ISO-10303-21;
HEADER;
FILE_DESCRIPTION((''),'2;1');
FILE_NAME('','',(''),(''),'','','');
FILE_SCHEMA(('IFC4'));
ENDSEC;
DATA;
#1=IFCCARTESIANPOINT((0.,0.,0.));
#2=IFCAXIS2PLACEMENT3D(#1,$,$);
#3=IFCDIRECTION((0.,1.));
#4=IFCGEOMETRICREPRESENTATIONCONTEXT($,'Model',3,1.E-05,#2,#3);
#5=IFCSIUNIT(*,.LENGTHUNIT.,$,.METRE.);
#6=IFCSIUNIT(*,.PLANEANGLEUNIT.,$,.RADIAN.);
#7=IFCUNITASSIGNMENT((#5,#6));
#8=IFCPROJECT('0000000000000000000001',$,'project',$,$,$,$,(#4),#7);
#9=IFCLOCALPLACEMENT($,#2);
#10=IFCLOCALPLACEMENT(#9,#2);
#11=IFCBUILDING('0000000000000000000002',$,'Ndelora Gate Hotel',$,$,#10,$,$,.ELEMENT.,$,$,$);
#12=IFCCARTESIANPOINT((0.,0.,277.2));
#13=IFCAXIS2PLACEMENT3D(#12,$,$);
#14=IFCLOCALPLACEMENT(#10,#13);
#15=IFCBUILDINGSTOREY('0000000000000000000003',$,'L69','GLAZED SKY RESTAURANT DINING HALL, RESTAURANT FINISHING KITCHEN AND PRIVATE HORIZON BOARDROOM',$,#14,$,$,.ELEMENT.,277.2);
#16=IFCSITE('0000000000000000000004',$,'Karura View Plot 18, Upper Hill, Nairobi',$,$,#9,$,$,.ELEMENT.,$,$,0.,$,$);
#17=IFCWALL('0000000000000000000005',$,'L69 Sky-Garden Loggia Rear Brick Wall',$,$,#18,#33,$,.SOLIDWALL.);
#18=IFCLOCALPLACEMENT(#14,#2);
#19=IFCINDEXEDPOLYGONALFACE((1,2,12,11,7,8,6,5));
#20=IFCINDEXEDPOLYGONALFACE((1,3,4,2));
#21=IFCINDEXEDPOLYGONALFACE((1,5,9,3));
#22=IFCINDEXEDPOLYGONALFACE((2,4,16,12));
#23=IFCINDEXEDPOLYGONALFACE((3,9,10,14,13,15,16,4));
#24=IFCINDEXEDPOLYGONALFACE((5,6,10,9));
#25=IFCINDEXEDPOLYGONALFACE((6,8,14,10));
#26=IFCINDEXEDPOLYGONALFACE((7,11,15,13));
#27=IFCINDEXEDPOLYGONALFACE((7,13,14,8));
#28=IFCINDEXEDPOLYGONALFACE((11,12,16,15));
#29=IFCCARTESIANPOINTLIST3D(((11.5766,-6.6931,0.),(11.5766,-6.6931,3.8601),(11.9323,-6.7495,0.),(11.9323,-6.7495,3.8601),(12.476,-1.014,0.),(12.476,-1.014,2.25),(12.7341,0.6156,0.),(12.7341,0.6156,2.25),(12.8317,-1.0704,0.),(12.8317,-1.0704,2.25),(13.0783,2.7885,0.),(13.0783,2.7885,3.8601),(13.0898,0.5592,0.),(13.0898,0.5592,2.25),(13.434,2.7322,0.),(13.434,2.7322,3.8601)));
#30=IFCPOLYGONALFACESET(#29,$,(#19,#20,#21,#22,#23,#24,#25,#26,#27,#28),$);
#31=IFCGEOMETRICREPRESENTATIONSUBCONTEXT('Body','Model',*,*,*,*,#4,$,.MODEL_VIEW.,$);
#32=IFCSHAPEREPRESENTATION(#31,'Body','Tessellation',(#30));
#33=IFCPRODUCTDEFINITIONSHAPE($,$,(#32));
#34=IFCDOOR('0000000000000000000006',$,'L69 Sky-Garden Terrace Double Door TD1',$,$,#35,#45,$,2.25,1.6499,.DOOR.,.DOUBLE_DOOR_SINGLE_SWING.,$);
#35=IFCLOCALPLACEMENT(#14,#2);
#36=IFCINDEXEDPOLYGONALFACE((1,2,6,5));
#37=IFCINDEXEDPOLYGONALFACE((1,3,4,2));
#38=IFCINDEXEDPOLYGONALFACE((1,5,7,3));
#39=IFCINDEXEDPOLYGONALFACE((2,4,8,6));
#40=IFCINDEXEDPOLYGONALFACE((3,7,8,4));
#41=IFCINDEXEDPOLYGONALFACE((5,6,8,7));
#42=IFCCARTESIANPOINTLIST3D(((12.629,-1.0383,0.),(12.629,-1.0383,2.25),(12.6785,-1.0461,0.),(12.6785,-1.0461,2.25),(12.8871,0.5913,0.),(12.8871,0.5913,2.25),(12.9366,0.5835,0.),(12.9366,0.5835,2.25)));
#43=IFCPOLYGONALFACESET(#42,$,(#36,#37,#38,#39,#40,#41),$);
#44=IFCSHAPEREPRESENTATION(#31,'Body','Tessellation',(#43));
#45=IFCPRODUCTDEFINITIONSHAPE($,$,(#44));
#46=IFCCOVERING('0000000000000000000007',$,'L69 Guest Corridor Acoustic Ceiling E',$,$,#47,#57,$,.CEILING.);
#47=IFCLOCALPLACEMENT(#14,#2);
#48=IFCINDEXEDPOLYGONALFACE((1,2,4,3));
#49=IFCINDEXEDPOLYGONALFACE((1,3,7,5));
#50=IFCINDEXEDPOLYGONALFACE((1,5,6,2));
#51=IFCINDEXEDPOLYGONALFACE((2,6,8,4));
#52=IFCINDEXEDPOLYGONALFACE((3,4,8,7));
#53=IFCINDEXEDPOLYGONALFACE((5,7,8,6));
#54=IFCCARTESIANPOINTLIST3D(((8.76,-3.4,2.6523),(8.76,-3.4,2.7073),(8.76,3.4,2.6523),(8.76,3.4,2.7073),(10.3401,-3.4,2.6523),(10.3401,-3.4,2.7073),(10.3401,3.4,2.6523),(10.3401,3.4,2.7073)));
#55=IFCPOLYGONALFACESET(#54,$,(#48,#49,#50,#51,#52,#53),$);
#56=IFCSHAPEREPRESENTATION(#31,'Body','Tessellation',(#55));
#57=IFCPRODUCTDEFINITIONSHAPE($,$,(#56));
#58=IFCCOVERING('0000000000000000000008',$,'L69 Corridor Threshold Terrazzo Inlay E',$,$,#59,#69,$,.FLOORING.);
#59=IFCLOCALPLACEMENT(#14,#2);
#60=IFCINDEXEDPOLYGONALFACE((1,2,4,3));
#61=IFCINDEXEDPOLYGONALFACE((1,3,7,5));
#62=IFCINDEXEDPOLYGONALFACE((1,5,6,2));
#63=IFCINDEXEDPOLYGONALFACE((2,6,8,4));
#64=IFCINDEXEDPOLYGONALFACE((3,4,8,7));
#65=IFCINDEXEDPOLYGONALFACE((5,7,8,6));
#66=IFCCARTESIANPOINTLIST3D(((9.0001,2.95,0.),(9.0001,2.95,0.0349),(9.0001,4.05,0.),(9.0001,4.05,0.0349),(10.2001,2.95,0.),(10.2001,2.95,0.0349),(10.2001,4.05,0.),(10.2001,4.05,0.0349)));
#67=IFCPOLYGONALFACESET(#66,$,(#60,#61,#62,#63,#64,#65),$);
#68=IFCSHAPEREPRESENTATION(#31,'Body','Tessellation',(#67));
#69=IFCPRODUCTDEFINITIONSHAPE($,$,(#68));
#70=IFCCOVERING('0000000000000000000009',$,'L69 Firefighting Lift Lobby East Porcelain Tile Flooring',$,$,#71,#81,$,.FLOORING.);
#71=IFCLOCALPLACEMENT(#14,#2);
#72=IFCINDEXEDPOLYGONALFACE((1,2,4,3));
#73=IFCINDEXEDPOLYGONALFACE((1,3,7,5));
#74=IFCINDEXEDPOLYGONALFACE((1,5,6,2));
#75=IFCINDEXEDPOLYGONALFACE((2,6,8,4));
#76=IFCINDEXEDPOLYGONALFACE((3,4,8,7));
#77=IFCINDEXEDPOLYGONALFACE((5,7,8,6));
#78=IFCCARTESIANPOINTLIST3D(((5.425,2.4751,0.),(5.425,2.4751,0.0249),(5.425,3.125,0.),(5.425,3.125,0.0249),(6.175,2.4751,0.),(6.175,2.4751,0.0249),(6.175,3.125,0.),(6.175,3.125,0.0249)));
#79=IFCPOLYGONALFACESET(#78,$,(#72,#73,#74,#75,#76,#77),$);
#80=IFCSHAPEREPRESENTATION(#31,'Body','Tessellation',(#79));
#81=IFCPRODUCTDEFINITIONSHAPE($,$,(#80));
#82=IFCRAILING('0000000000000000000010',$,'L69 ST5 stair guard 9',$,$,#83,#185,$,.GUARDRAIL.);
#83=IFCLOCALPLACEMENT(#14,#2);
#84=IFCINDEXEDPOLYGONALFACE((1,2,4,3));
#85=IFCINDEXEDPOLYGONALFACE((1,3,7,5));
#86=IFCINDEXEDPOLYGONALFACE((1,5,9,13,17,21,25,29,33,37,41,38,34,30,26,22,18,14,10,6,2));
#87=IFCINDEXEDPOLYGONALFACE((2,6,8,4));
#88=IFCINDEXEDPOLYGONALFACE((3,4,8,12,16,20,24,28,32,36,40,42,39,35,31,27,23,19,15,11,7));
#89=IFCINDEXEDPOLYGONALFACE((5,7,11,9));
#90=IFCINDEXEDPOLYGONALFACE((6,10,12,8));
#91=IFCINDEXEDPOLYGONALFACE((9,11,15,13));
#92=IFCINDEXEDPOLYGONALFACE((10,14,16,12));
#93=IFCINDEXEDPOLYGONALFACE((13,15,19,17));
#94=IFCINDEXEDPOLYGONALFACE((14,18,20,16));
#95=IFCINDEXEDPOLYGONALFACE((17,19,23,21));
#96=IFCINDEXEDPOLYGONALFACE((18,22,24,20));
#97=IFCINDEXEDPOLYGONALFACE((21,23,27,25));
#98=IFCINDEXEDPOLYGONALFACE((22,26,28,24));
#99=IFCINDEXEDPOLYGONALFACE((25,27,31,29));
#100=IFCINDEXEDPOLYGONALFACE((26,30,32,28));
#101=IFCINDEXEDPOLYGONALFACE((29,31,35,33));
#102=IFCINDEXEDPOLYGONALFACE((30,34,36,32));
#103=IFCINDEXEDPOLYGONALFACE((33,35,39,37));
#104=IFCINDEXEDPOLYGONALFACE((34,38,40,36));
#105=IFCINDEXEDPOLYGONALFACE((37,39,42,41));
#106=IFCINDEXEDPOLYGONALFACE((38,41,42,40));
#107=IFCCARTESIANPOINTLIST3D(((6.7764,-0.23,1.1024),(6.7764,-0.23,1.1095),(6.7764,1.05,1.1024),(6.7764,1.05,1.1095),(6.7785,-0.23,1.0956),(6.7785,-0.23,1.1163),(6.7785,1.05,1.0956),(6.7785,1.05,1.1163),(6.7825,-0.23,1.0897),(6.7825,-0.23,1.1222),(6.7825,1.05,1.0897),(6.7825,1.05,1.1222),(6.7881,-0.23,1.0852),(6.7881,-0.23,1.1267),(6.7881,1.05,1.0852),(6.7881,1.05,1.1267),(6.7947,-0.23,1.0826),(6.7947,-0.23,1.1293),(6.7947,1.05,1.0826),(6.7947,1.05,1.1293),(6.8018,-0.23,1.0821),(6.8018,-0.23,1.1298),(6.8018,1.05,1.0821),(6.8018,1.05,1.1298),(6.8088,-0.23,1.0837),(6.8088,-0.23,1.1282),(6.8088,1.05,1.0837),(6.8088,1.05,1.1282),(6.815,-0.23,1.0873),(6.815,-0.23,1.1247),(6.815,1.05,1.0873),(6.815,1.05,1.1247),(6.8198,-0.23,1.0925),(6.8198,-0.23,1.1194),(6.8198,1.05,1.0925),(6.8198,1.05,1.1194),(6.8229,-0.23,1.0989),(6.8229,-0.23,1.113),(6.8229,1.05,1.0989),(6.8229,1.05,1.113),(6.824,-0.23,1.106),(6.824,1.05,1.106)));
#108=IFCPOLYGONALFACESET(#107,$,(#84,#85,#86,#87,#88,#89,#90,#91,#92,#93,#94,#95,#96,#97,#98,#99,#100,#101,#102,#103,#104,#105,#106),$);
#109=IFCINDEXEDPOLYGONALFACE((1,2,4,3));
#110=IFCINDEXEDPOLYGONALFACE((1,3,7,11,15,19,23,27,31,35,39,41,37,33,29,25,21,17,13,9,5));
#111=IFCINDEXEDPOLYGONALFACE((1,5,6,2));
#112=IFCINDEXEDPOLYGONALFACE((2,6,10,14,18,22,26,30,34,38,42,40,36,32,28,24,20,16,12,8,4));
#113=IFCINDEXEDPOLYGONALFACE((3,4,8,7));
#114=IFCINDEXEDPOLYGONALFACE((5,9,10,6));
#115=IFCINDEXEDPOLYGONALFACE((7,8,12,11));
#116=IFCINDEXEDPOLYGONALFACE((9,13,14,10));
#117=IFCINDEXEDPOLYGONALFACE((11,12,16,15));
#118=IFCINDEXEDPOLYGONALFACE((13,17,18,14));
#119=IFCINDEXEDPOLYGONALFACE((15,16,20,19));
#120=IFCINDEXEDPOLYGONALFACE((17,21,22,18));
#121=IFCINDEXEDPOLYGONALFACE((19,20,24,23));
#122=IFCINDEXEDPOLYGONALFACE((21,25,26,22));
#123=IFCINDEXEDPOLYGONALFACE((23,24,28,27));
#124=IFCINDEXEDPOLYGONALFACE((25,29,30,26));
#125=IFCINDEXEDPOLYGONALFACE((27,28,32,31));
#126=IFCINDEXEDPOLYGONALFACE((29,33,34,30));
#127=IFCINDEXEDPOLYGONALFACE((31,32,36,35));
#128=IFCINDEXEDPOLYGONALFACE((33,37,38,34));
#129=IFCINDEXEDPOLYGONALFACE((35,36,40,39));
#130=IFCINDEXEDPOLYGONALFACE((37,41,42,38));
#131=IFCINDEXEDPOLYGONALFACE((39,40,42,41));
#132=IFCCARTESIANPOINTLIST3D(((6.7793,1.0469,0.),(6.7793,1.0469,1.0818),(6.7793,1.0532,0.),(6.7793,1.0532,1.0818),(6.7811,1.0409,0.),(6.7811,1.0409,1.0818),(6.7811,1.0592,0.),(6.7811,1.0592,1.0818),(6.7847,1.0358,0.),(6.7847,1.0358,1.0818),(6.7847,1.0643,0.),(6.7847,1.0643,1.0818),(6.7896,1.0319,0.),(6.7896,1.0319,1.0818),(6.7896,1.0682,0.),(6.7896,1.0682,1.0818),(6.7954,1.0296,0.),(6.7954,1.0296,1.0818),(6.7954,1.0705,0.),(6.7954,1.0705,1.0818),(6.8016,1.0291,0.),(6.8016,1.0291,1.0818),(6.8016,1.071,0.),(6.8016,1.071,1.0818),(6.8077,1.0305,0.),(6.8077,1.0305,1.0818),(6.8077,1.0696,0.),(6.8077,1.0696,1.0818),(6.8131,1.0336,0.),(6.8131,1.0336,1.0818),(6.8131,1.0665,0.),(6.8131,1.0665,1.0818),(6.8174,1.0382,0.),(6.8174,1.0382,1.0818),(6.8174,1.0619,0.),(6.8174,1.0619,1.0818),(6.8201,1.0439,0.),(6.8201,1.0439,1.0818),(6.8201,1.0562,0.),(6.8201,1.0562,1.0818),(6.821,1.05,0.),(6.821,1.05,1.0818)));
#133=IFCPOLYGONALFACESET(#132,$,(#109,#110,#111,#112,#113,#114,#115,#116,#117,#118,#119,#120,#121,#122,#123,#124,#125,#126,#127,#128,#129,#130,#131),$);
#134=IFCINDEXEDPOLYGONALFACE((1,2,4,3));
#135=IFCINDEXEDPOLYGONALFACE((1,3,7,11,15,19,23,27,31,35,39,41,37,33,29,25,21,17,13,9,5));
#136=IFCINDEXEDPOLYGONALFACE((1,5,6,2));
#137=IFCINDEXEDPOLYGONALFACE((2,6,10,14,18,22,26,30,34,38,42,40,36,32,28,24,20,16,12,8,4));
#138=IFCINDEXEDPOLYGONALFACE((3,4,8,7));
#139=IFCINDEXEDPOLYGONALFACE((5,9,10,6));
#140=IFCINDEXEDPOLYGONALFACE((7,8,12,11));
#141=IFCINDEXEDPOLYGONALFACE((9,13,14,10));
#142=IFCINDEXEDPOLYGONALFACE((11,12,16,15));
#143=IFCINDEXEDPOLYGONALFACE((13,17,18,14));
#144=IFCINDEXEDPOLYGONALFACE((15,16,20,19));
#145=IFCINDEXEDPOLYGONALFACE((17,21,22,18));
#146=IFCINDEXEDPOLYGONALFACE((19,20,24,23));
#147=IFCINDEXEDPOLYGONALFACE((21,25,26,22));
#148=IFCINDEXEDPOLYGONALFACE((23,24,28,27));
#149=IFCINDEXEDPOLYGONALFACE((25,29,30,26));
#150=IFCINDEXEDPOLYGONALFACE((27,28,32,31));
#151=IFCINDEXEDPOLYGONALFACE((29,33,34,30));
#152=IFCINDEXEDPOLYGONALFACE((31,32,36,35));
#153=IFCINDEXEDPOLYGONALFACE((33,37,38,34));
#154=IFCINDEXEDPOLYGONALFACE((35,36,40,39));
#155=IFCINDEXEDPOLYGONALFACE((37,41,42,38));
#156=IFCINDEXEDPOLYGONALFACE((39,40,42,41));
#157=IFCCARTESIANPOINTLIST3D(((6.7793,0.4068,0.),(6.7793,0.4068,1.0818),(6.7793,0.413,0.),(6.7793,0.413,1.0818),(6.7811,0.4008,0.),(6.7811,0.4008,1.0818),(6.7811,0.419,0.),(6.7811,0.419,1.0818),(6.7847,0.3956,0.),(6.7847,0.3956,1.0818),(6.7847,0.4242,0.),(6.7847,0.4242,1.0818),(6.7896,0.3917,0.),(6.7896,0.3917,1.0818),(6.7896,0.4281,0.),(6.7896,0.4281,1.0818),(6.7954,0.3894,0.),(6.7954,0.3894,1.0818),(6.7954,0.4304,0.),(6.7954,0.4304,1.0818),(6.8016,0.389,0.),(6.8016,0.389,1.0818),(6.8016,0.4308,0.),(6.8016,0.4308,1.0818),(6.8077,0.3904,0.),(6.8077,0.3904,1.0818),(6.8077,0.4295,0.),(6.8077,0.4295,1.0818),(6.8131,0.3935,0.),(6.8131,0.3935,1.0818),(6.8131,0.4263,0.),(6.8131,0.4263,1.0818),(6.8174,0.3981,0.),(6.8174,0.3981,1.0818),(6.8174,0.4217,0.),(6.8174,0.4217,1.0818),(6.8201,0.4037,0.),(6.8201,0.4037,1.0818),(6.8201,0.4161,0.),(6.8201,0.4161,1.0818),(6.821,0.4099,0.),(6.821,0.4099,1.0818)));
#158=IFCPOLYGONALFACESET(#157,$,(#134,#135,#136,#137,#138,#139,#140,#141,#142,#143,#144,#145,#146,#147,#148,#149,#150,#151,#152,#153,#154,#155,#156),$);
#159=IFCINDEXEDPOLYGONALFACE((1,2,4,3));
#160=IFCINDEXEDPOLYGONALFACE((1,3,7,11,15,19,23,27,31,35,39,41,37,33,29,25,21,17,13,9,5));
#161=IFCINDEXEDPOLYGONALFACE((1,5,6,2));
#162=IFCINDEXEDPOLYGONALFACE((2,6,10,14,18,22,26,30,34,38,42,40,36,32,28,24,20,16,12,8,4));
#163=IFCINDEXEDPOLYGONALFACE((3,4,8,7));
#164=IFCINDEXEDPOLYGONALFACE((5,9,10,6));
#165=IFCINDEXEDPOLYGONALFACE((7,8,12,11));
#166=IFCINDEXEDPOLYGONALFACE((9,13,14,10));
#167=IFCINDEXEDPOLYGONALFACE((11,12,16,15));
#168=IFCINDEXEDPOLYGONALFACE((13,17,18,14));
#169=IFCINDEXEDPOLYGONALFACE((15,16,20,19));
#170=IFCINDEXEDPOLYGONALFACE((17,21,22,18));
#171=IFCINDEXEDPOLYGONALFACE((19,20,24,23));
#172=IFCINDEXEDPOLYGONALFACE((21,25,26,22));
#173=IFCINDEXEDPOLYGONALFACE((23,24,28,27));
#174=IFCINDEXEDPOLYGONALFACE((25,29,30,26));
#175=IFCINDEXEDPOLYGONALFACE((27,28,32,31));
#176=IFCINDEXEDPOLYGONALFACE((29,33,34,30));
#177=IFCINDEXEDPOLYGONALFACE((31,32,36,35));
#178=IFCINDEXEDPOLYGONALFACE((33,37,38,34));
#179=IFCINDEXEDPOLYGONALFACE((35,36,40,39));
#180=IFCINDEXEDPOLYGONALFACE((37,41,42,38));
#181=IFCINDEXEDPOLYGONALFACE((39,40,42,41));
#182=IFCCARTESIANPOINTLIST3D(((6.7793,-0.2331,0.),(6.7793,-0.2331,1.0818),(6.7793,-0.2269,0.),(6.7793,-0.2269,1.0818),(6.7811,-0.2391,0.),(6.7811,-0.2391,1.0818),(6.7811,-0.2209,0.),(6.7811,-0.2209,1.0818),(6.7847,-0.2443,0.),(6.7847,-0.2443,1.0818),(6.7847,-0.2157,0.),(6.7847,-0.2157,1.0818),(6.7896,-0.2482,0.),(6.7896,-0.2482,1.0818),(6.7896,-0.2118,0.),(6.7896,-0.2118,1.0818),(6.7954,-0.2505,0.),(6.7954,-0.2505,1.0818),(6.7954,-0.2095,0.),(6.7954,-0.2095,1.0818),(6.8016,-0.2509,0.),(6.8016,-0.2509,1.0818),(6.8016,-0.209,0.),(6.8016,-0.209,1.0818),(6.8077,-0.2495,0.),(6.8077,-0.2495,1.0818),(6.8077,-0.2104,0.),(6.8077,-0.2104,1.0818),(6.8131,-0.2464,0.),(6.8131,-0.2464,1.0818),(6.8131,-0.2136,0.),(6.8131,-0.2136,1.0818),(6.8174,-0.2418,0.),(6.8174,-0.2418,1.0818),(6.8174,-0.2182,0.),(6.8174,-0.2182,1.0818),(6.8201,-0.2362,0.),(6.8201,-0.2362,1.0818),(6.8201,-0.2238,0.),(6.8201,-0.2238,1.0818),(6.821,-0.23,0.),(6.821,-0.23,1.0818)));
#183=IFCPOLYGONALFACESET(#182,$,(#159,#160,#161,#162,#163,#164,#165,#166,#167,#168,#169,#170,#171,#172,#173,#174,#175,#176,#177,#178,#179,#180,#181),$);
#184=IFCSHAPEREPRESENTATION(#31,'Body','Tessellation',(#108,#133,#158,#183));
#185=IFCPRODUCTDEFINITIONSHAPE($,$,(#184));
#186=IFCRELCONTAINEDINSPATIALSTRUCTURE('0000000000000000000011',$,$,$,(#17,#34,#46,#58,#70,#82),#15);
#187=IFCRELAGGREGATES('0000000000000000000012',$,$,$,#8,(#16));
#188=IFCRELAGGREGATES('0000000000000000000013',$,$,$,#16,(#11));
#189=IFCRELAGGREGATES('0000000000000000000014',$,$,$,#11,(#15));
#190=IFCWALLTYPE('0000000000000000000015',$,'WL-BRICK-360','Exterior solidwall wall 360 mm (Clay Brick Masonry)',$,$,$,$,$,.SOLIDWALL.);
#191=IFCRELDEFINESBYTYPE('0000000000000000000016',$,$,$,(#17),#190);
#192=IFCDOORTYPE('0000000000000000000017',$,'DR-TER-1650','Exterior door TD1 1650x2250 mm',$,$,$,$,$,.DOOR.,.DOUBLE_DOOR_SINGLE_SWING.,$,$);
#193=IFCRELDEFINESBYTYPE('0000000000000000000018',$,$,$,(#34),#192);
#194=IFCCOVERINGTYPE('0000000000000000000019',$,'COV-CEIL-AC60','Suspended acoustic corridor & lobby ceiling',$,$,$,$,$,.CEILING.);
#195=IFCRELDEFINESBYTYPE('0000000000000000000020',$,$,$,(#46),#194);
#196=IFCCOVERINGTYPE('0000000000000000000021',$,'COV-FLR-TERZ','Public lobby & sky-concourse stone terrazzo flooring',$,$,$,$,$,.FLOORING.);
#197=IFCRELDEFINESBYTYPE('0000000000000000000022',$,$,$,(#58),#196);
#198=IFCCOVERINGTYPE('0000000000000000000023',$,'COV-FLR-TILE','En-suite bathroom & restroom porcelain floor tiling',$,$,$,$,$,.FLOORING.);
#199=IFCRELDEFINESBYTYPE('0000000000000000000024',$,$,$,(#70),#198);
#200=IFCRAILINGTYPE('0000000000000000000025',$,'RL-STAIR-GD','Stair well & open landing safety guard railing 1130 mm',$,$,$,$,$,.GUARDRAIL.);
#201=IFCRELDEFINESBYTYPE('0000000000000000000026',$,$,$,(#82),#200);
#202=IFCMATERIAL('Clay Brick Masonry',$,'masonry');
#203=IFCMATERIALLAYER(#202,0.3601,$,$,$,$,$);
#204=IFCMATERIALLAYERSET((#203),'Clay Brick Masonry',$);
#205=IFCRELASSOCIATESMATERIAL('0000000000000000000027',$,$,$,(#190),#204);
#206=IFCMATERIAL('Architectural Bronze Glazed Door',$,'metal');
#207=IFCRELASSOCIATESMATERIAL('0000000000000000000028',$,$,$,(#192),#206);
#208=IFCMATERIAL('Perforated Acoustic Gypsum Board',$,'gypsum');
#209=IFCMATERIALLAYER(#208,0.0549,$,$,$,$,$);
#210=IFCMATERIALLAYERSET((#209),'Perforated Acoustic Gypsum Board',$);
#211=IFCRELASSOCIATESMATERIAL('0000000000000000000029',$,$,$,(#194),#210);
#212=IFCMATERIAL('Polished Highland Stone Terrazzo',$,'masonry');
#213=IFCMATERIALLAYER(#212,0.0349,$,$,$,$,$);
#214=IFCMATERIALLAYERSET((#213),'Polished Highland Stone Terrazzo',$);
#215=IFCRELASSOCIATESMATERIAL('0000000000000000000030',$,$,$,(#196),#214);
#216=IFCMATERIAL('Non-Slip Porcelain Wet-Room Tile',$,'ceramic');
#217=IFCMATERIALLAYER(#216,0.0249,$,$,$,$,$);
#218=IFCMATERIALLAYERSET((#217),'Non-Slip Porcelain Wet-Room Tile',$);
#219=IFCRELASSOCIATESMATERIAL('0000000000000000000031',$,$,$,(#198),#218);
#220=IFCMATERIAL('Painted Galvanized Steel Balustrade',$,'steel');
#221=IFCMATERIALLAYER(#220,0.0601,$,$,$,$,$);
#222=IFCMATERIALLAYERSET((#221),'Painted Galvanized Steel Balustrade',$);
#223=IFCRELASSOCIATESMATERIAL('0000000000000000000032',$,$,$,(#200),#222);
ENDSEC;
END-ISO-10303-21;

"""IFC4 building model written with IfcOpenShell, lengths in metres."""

from ifc_helpers import new_model, si_unit, direction, frame, frame_2d, origin, origin_2d, place, context, subcontext, project, spatial, rectangle, circle, extrude, material, layer, layer_set, type_object, element, fill, save


model = new_model("IFC4")

# Units and contexts
model_context = context("Model", 3, precision=1e-05, world=origin(), true_north=direction((0.0, 1.0)))
body_context = subcontext(model_context, "Body", "Model", "MODEL_VIEW")
ifc_project = project(units=[si_unit("LENGTHUNIT", "METRE"), si_unit("PLANEANGLEUNIT", "RADIAN")], contexts=[model_context])

# Site, building, storey
site_placement = place(None, origin())
site = spatial("IfcSite", under=ifc_project, at=site_placement, Name="Karura View Plot 18, Upper Hill, Nairobi", CompositionType="ELEMENT", RefElevation=0.0)
building_placement = place(site_placement, origin())
building = spatial("IfcBuilding", under=site, at=building_placement, Name="Ndelora Gate Hotel", CompositionType="ELEMENT")
storey_placement = place(building_placement, frame((0.0, 0.0, 277.2)))
storey = spatial("IfcBuildingStorey", under=building, at=storey_placement, Name="L69", Description="GLAZED SKY RESTAURANT DINING HALL, RESTAURANT FINISHING KITCHEN AND PRIVATE HORIZON BOARDROOM", CompositionType="ELEMENT", Elevation=277.2)

# Wall, opening, door
ifc_material_1 = material(Name="Clay Brick Masonry", Category="masonry")
ifc_layer_1 = layer(ifc_material_1, 0.3601)
ifc_layer_set_1 = layer_set([ifc_layer_1], Name="Clay Brick Masonry")
wall_type_1 = type_object("IfcWallType", Name="WL-BRICK-360", Description="Exterior solidwall wall 360 mm (Clay Brick Masonry)", PredefinedType="SOLIDWALL", material=ifc_layer_set_1)
wall_1_placement = place(storey_placement, frame((13.2561, 2.7603, 0.0), z_axis=(0.0, 0.0, 1.0), x_axis=(-0.15643, -0.987689, 0.0)))
wall_1 = element("IfcWall", 1, at=wall_1_placement, inside=storey, type_object=wall_type_1, Name="L69 Sky-Garden Loggia Rear Brick Wall", PredefinedType="SOLIDWALL", context=body_context, shape_type="SweptSolid", body=[
    extrude(rectangle(XDim=9.5999, YDim=0.3601, at=frame_2d((4.7998, 0.0))), origin(), (0.0, 0.0, 1.0), 3.8601),
])
opening_1_placement = place(wall_1_placement, frame((2.2, 0.0, 0.0)))
opening_1 = element("IfcOpeningElement", 2, at=opening_1_placement, cuts=wall_1, PredefinedType="OPENING", context=body_context, shape_type="SweptSolid", body=[
    extrude(rectangle(XDim=1.6499, YDim=2.25, at=frame_2d((0.825, 1.125))), frame((0.0, 0.1899, 0.0), z_axis=(0.0, -1.0, 0.0), x_axis=(1.0, 0.0, 0.0)), (0.0, 0.0, 1.0), 0.3801),
])
ifc_material_2 = material(Name="Architectural Bronze Glazed Door", Category="metal")
door_type_1 = type_object("IfcDoorType", Name="DR-TER-1650", Description="Exterior door TD1 1650x2250 mm", OperationType="DOUBLE_DOOR_SINGLE_SWING", PredefinedType="DOOR", material=ifc_material_2)
door_1_placement = place(opening_1_placement, origin())
door_1 = element("IfcDoor", 3, at=door_1_placement, inside=storey, type_object=door_type_1, Name="L69 Sky-Garden Terrace Double Door TD1", OperationType="DOUBLE_DOOR_SINGLE_SWING", OverallHeight=2.25, OverallWidth=1.6499, PredefinedType="DOOR", context=body_context, shape_type="SweptSolid", body=[
    extrude(rectangle(XDim=1.6499, YDim=2.25, at=frame_2d((0.825, 1.125))), frame((0.0, 0.0249, 0.0), z_axis=(0.0, -1.0, 0.0), x_axis=(1.0, 0.0, 0.0)), (0.0, 0.0, 1.0), 0.05),
])
fill(opening_1, door_1)

# Coverings
ifc_material_3 = material(Name="Perforated Acoustic Gypsum Board", Category="gypsum")
ifc_layer_2 = layer(ifc_material_3, 0.0549)
ifc_layer_set_2 = layer_set([ifc_layer_2], Name="Perforated Acoustic Gypsum Board")
covering_type_1 = type_object("IfcCoveringType", Name="COV-CEIL-AC60", Description="Suspended acoustic corridor & lobby ceiling", PredefinedType="CEILING", material=ifc_layer_set_2)
covering_1_placement = place(storey_placement, frame((9.55, 0.0, 2.6523), z_axis=(0.0, 0.0, 1.0), x_axis=(1.0, 0.0, 0.0)))
element("IfcCovering", 4, at=covering_1_placement, inside=storey, type_object=covering_type_1, Name="L69 Guest Corridor Acoustic Ceiling E", PredefinedType="CEILING", context=body_context, shape_type="SweptSolid", body=[
    extrude(rectangle(XDim=1.5801, YDim=6.8, at=origin_2d()), origin(), (0.0, 0.0, 1.0), 0.0549),
])
ifc_material_4 = material(Name="Polished Highland Stone Terrazzo", Category="masonry")
ifc_layer_3 = layer(ifc_material_4, 0.0349)
ifc_layer_set_3 = layer_set([ifc_layer_3], Name="Polished Highland Stone Terrazzo")
covering_type_2 = type_object("IfcCoveringType", Name="COV-FLR-TERZ", Description="Public lobby & sky-concourse stone terrazzo flooring", PredefinedType="FLOORING", material=ifc_layer_set_3)
covering_2_placement = place(storey_placement, frame((9.6001, 3.5, 0.0), z_axis=(0.0, 0.0, 1.0), x_axis=(1.0, 0.0, 0.0)))
element("IfcCovering", 5, at=covering_2_placement, inside=storey, type_object=covering_type_2, Name="L69 Corridor Threshold Terrazzo Inlay E", PredefinedType="FLOORING", context=body_context, shape_type="SweptSolid", body=[
    extrude(rectangle(XDim=1.2, YDim=1.1001, at=origin_2d()), origin(), (0.0, 0.0, 1.0), 0.0349),
])
ifc_material_5 = material(Name="Non-Slip Porcelain Wet-Room Tile", Category="ceramic")
ifc_layer_4 = layer(ifc_material_5, 0.0249)
ifc_layer_set_4 = layer_set([ifc_layer_4], Name="Non-Slip Porcelain Wet-Room Tile")
covering_type_3 = type_object("IfcCoveringType", Name="COV-FLR-TILE", Description="En-suite bathroom & restroom porcelain floor tiling", PredefinedType="FLOORING", material=ifc_layer_set_4)
covering_3_placement = place(storey_placement, frame((5.8, 2.8, 0.0), z_axis=(0.0, 0.0, 1.0), x_axis=(1.0, 0.0, 0.0)))
element("IfcCovering", 6, at=covering_3_placement, inside=storey, type_object=covering_type_3, Name="L69 Firefighting Lift Lobby East Porcelain Tile Flooring", PredefinedType="FLOORING", context=body_context, shape_type="SweptSolid", body=[
    extrude(rectangle(XDim=0.75, YDim=0.6499, at=origin_2d()), origin(), (0.0, 0.0, 1.0), 0.0249),
])

# Railing
ifc_material_6 = material(Name="Painted Galvanized Steel Balustrade", Category="steel")
ifc_layer_5 = layer(ifc_material_6, 0.0601)
ifc_layer_set_5 = layer_set([ifc_layer_5], Name="Painted Galvanized Steel Balustrade")
railing_type = type_object("IfcRailingType", Name="RL-STAIR-GD", Description="Stair well & open landing safety guard railing 1130 mm", PredefinedType="GUARDRAIL", material=ifc_layer_set_5)
railing_1_placement = place(storey_placement, frame((6.8, 1.05, 0.0)))
element("IfcRailing", 7, at=railing_1_placement, inside=storey, type_object=railing_type, Name="L69 ST5 stair guard 9", PredefinedType="GUARDRAIL", context=body_context, shape_type="SweptSolid", body=[
    extrude(circle(Radius=0.0239, at=origin_2d()), frame((0.0, 0.0, 1.106), z_axis=(0.0, -1.0, 0.0), x_axis=(1.0, 0.0, 0.0)), (0.0, 0.0, 1.0), 1.28),
    extrude(circle(Radius=0.021, at=origin_2d()), origin(), (0.0, 0.0, 1.0), 1.0818),
    extrude(circle(Radius=0.021, at=origin_2d()), frame((0.0, -0.6401, 0.0)), (0.0, 0.0, 1.0), 1.0818),
    extrude(circle(Radius=0.021, at=origin_2d()), frame((0.0, -1.28, 0.0)), (0.0, 0.0, 1.0), 1.0818),
])

save(model, "model.ifc")
